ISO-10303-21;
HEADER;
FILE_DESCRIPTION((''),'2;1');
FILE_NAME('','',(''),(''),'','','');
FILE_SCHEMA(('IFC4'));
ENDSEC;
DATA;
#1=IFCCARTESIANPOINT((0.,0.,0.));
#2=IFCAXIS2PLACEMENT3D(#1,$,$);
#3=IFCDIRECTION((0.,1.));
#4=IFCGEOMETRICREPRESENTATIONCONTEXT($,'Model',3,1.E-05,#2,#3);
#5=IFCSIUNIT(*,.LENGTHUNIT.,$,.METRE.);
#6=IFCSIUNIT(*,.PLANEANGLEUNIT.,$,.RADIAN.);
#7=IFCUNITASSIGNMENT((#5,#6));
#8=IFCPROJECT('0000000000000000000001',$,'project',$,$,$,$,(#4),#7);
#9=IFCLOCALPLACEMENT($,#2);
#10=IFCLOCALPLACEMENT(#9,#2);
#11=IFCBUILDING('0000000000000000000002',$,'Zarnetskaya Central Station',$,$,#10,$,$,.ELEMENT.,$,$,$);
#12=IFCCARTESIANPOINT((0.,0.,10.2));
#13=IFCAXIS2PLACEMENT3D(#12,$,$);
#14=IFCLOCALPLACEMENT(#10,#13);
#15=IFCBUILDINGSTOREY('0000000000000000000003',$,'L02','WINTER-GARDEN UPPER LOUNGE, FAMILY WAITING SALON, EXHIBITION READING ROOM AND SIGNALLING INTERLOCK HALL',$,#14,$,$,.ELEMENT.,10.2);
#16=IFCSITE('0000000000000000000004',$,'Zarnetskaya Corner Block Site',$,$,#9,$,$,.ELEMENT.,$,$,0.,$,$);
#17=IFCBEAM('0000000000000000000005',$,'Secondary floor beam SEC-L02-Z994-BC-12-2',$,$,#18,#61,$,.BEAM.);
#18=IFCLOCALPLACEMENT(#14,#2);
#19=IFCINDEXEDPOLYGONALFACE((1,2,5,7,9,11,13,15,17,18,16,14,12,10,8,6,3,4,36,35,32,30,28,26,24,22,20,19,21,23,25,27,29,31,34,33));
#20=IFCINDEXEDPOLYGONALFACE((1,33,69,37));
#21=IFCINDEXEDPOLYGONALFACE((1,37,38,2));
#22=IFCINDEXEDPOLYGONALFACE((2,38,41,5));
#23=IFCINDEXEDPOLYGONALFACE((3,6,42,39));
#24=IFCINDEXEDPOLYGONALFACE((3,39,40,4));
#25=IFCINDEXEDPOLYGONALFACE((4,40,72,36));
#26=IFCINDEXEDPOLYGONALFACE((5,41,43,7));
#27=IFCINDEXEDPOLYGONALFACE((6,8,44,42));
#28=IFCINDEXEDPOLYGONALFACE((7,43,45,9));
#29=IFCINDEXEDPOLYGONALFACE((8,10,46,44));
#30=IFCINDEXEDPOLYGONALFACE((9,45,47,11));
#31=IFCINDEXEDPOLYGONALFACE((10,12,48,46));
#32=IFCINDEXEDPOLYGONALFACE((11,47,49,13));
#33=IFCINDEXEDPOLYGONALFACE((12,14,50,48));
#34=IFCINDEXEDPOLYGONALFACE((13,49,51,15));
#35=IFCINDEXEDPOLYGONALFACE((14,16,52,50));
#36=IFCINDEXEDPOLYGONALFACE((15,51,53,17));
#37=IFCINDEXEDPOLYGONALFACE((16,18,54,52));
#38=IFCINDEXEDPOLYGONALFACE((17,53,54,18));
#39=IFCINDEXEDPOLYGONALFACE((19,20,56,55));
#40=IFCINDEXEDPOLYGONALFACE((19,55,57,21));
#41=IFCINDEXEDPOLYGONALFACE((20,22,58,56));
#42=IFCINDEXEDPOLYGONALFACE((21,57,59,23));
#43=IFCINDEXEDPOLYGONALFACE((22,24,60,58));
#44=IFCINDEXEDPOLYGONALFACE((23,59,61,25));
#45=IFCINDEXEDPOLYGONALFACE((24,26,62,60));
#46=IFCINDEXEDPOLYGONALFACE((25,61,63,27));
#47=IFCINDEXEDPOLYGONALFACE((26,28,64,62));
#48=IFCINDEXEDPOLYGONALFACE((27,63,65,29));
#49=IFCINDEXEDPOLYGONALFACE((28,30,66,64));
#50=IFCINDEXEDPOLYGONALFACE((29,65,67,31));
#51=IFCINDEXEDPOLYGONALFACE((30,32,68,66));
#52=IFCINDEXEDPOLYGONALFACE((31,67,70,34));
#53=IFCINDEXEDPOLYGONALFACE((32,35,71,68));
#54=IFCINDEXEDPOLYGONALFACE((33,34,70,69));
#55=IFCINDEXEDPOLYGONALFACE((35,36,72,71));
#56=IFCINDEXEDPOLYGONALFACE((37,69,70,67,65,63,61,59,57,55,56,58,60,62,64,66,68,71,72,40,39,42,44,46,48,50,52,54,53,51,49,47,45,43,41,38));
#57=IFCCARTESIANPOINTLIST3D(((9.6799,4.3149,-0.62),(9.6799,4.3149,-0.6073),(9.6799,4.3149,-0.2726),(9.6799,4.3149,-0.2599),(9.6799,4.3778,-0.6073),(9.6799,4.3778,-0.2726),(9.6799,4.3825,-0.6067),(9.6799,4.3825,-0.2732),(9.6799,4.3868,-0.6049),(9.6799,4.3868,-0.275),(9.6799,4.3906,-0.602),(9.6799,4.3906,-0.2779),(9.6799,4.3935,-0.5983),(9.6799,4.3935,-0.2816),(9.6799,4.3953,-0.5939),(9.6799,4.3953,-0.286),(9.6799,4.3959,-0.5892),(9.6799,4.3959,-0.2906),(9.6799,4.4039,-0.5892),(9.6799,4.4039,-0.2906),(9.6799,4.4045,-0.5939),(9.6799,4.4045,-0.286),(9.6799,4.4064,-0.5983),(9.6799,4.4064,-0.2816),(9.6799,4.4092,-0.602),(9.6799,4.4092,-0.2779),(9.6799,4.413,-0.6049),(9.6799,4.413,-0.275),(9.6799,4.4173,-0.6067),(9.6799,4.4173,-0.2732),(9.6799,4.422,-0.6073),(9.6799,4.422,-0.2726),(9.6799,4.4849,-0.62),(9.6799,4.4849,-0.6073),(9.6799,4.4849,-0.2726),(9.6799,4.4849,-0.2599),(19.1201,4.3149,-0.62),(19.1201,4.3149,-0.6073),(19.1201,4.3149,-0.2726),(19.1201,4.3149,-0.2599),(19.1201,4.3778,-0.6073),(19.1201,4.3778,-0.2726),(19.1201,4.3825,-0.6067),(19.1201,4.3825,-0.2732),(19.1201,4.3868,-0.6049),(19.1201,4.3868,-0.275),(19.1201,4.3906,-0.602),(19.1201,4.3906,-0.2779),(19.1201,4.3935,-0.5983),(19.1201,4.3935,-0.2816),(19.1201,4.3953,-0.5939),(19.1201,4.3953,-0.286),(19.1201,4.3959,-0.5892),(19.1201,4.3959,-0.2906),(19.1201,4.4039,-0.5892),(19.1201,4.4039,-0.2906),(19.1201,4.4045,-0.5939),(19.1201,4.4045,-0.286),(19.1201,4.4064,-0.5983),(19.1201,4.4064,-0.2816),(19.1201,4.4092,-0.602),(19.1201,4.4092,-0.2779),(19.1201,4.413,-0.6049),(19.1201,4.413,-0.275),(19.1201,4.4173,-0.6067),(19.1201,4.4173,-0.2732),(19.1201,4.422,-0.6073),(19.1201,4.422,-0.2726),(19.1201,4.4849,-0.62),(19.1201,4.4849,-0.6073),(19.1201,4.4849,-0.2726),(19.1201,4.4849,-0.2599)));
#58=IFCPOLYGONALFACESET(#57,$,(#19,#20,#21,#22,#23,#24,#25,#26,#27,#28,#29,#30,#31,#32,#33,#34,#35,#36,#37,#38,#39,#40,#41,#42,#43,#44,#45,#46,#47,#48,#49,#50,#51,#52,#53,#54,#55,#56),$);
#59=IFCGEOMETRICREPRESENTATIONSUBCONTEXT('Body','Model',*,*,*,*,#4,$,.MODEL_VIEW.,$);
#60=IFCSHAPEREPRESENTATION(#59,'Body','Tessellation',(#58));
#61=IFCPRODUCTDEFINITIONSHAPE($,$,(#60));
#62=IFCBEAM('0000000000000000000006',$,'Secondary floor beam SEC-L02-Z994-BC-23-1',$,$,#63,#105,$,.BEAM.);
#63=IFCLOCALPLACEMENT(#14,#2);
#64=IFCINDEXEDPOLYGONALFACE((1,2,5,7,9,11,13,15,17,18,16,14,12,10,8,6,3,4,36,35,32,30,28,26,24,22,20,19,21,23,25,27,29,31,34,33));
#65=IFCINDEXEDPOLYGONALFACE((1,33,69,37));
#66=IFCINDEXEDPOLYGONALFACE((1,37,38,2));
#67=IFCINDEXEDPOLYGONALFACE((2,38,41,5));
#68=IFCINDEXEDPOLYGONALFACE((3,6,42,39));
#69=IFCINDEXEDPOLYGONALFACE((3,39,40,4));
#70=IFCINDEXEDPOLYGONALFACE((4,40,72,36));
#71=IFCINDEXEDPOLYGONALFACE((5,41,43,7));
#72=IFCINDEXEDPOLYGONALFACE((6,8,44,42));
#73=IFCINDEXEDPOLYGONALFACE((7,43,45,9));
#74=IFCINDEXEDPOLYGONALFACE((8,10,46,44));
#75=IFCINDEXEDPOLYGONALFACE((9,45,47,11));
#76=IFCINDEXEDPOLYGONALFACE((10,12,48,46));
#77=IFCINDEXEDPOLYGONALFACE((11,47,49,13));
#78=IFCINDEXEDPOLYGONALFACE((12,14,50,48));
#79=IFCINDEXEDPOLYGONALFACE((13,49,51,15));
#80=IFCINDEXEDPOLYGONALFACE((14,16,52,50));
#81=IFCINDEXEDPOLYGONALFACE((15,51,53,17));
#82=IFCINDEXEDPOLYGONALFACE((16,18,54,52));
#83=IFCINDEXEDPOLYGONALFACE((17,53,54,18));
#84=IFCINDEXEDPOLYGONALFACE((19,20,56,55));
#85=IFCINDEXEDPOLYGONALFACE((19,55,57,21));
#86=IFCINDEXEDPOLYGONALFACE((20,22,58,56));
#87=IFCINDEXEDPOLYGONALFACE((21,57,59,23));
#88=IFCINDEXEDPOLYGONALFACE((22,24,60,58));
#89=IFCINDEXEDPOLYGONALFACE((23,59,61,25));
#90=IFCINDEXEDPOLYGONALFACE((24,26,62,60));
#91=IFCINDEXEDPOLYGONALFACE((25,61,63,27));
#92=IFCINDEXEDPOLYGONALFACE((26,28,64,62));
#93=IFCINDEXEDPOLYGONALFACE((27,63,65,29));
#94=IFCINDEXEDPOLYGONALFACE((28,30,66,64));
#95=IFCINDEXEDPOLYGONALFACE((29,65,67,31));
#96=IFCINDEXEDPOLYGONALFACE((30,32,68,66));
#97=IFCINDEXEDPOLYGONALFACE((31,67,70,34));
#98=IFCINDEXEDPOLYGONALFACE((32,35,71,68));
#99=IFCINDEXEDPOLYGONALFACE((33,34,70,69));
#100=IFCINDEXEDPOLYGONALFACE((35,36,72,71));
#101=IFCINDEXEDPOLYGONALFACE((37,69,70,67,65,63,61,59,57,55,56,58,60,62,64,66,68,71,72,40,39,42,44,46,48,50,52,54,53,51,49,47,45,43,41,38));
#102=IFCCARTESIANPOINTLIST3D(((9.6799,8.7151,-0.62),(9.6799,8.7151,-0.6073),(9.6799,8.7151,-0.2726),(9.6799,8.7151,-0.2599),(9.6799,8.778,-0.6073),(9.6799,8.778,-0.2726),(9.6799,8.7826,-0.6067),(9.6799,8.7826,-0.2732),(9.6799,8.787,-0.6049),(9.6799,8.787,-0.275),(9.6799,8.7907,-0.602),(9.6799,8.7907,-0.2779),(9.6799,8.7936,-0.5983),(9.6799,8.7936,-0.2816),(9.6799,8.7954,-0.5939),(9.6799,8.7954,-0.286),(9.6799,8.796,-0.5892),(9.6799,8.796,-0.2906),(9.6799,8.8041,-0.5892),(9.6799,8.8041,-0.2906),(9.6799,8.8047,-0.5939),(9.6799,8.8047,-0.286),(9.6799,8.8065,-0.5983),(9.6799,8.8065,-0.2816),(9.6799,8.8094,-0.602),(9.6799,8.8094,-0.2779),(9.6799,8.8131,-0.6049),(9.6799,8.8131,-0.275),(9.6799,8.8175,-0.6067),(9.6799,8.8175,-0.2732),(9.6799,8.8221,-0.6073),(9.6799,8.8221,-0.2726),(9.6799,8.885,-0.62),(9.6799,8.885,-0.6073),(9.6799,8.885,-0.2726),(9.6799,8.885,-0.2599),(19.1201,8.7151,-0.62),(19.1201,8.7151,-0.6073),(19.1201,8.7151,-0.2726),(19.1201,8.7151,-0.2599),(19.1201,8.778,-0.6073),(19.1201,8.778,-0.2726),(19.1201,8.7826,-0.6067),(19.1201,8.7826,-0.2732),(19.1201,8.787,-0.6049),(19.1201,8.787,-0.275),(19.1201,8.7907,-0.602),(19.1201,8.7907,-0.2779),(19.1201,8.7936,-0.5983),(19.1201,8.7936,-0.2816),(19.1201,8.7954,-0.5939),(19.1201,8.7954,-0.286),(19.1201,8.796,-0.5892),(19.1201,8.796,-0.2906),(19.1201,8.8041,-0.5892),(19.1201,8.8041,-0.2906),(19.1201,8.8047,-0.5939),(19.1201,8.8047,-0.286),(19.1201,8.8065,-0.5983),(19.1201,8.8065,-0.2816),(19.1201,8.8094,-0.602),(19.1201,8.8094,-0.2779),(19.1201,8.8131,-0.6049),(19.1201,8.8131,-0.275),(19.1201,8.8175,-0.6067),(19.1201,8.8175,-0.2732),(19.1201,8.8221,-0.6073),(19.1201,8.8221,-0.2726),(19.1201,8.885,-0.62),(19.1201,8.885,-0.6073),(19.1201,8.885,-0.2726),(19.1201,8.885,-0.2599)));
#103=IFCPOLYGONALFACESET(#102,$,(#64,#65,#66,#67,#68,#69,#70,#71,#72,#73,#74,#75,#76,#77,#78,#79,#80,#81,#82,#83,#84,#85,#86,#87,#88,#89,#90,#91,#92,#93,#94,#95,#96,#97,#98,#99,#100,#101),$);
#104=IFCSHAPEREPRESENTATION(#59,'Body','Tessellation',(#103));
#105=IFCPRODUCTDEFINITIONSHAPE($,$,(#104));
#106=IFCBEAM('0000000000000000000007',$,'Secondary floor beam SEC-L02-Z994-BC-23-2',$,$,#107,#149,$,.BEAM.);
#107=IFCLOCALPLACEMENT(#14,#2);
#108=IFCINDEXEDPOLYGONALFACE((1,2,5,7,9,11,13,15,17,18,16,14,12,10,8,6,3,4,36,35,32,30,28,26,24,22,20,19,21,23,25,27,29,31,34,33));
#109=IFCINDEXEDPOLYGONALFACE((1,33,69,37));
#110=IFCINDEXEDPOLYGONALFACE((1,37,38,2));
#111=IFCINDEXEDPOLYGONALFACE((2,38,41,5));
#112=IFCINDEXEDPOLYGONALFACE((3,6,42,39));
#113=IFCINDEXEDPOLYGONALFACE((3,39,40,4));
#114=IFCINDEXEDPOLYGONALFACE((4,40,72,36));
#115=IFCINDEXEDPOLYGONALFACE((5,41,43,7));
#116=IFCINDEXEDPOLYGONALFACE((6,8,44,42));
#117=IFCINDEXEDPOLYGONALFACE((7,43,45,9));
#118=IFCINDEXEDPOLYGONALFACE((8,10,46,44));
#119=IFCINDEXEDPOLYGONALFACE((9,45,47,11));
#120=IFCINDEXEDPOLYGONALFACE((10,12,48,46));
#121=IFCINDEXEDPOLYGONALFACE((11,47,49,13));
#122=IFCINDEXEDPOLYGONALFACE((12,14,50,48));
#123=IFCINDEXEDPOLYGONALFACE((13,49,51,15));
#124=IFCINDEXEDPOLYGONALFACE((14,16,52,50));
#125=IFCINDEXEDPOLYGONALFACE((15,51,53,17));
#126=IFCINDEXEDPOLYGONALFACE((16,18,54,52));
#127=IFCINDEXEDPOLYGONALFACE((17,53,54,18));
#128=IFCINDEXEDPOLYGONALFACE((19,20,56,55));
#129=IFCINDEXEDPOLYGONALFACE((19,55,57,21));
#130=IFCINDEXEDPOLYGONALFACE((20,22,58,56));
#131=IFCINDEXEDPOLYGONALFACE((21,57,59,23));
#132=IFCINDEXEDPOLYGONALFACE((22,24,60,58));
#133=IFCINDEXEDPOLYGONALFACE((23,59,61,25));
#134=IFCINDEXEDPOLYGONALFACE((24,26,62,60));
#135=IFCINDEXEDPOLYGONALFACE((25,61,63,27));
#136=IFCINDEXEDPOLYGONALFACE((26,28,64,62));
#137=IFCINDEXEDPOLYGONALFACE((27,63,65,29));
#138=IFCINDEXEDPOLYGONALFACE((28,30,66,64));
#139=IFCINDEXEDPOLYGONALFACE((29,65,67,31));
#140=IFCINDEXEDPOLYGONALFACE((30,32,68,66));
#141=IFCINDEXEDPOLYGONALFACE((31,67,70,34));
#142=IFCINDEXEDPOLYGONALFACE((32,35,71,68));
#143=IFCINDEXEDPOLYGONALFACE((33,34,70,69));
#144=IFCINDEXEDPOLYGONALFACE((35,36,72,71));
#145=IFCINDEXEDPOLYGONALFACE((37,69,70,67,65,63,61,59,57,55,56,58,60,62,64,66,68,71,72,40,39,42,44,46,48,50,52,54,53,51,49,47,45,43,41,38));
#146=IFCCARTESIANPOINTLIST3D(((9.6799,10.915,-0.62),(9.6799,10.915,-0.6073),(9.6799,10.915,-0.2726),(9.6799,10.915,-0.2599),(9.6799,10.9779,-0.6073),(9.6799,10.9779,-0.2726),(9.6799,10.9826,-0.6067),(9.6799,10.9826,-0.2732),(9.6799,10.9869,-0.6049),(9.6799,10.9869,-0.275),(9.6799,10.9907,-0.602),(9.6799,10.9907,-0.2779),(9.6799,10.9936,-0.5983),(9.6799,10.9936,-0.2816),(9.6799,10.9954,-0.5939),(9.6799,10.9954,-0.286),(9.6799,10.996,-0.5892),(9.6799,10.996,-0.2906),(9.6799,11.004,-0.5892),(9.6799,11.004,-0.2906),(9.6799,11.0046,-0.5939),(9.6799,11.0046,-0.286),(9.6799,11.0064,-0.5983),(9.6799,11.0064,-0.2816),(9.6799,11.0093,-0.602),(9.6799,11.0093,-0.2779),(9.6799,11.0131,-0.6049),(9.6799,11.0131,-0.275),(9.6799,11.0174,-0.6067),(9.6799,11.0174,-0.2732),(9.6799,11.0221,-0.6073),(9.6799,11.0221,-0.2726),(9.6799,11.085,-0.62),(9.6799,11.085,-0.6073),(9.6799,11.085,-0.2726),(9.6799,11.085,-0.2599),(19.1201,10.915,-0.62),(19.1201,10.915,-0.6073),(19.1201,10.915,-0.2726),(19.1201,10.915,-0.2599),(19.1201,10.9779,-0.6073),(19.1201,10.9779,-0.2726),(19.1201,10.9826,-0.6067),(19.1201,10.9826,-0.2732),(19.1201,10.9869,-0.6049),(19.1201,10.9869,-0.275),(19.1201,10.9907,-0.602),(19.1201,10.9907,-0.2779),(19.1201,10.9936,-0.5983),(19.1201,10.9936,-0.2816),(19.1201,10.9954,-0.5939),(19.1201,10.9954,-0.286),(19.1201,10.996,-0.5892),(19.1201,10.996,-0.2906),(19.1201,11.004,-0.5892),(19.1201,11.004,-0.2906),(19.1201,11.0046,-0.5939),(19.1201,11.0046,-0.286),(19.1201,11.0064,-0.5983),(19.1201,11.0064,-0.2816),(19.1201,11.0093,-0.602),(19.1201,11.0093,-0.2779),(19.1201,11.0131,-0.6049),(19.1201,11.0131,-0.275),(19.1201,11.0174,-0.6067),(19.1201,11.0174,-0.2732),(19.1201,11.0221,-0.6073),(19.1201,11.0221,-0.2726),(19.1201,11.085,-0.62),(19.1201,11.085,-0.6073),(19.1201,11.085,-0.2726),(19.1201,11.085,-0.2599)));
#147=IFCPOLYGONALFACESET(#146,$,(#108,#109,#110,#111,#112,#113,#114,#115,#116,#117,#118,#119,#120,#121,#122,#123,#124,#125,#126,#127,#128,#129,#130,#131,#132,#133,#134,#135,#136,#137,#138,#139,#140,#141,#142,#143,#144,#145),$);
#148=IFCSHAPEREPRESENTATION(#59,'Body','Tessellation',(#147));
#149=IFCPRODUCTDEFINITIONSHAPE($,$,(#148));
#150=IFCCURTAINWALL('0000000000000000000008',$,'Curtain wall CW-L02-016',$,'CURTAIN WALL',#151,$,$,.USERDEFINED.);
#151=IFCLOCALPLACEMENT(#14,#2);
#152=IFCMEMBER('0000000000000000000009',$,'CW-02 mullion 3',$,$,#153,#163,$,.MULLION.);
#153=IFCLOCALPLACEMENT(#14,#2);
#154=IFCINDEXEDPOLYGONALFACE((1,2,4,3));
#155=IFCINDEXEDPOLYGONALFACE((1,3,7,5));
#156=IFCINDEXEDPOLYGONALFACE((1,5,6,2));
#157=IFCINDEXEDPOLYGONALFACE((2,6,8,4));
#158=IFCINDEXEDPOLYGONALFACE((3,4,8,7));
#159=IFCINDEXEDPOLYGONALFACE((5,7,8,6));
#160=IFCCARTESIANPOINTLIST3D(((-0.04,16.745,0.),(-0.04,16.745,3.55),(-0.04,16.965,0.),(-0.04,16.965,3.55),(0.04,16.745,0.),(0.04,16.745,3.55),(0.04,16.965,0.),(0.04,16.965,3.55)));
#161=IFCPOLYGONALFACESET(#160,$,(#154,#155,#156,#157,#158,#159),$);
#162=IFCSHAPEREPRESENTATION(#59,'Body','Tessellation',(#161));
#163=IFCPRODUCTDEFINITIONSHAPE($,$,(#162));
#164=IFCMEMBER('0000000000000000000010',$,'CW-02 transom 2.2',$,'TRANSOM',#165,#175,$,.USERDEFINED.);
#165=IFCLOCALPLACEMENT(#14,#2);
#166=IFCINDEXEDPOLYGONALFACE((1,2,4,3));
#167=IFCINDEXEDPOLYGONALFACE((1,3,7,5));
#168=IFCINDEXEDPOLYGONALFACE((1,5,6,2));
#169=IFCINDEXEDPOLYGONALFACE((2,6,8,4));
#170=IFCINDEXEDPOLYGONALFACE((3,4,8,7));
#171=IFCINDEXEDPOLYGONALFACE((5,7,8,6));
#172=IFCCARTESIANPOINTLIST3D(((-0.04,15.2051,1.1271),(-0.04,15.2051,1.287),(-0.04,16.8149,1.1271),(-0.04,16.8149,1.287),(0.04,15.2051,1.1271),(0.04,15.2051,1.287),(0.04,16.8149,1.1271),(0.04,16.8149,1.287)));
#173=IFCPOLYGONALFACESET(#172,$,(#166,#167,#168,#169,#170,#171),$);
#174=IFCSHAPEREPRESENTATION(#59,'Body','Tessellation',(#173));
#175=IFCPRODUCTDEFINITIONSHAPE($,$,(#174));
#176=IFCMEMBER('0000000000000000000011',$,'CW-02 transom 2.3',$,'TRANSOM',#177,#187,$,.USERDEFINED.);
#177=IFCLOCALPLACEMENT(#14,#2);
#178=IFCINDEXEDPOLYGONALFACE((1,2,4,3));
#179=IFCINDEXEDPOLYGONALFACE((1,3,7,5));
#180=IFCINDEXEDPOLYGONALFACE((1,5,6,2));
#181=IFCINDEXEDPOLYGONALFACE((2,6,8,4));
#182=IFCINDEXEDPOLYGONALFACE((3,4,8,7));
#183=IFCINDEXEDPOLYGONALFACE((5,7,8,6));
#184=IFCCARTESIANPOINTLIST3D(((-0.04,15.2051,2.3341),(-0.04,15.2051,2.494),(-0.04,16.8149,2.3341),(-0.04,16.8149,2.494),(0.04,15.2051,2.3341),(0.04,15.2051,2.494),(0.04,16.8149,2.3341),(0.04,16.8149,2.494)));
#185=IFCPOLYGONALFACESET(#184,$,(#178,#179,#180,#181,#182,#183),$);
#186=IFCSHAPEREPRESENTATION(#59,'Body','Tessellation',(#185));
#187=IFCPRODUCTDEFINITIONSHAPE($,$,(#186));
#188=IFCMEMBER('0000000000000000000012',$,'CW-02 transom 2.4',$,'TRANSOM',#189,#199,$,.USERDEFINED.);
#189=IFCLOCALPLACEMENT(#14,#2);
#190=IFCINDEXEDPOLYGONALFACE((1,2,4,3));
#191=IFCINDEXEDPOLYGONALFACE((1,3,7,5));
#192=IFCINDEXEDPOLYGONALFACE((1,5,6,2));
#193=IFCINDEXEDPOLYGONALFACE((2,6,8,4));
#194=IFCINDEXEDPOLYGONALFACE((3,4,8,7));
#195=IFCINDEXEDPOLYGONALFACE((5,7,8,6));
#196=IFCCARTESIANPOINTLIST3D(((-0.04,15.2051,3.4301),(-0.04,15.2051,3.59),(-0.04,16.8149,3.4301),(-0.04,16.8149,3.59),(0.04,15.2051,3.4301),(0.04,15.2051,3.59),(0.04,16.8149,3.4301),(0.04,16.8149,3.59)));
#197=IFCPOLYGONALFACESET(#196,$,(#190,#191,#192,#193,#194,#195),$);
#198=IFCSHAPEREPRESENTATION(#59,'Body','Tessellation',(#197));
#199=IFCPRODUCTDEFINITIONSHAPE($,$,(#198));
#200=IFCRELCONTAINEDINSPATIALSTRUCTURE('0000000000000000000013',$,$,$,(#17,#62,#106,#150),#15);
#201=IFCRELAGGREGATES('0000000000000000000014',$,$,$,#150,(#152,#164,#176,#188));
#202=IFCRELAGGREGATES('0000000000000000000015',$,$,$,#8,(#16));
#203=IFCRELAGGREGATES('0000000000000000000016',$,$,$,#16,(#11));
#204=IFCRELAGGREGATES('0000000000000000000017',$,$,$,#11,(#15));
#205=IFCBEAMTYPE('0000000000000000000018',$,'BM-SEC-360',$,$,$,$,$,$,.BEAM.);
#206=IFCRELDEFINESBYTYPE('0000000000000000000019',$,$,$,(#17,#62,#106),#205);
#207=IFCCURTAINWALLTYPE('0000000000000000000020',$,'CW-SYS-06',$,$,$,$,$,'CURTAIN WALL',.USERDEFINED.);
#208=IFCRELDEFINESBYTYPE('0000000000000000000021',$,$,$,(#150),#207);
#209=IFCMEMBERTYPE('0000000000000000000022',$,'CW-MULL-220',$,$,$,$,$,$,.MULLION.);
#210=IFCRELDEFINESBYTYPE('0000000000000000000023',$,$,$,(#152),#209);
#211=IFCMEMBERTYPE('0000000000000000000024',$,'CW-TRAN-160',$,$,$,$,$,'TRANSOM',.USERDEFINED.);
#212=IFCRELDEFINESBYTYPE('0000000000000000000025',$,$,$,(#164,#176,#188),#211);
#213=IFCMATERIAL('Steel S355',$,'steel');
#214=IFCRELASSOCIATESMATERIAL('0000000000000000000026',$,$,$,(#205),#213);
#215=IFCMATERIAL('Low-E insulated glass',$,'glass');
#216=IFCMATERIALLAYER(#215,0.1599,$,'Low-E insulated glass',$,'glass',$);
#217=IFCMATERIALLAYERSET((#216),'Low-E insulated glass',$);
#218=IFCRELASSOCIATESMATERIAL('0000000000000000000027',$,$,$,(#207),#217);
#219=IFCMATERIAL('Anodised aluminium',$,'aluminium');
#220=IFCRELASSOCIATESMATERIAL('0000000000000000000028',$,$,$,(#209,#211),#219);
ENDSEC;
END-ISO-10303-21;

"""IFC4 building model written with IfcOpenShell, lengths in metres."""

from ifc_helpers import new_model, si_unit, direction, frame, origin, origin_2d, place, context, subcontext, project, spatial, rectangle, i_section, extrude, material, layer, layer_set, material_profile, profile_set, type_object, element, aggregate, save


model = new_model("IFC4")

# Units and contexts
model_context = context("Model", 3, precision=1e-05, world=origin(), true_north=direction((0.0, 1.0)))
body_context = subcontext(model_context, "Body", "Model", "MODEL_VIEW")
ifc_project = project(units=[si_unit("LENGTHUNIT", "METRE"), si_unit("PLANEANGLEUNIT", "RADIAN")], contexts=[model_context])

# Site, building, storey
site_placement = place(None, origin())
site = spatial("IfcSite", under=ifc_project, at=site_placement, Name="Zarnetskaya Corner Block Site", CompositionType="ELEMENT", RefElevation=0.0)
building_placement = place(site_placement, origin())
building = spatial("IfcBuilding", under=site, at=building_placement, Name="Zarnetskaya Central Station", CompositionType="ELEMENT")
storey_placement = place(building_placement, frame((0.0, 0.0, 10.2)))
storey = spatial("IfcBuildingStorey", under=building, at=storey_placement, Name="L02", Description="WINTER-GARDEN UPPER LOUNGE, FAMILY WAITING SALON, EXHIBITION READING ROOM AND SIGNALLING INTERLOCK HALL", CompositionType="ELEMENT", Elevation=10.2)

# Shared definitions
ifc_material_1 = material(Name="Steel S355", Category="steel")

# Beams
ifc_material_profile_1 = material_profile(ifc_material_1, i_section(OverallWidth=0.1699, OverallDepth=0.3601, WebThickness=0.0081, FlangeThickness=0.0127, FilletRadius=0.0181, at=origin_2d()), Name="IPE 360")
ifc_profile_set_1 = profile_set([ifc_material_profile_1], Name="Steel S355")
beam_type_1 = type_object("IfcBeamType", Name="BM-SEC-360", PredefinedType="BEAM", material=ifc_profile_set_1)
for number, where, z_axis, x_axis, name in (
    (1, (9.6799, 4.3999, -0.4399), (1.0, 0.0, 0.0), (0.0, 1.0, 0.0), "Secondary floor beam SEC-L02-Z994-BC-12-2"),
    (2, (9.6799, 8.8, -0.4399), (1.0, 0.0, 0.0), (0.0, 1.0, 0.0), "Secondary floor beam SEC-L02-Z994-BC-23-1"),
    (3, (9.6799, 11.0, -0.4399), (1.0, 0.0, 0.0), (0.0, 1.0, 0.0), "Secondary floor beam SEC-L02-Z994-BC-23-2"),
):
    element("IfcBeam", number, at=place(storey_placement, frame(where, z_axis=z_axis, x_axis=x_axis)), inside=storey, type_object=beam_type_1, Name=name, PredefinedType="BEAM", context=body_context, shape_type="SweptSolid", body=[
        extrude(i_section(OverallWidth=0.1699, OverallDepth=0.3601, WebThickness=0.0081, FlangeThickness=0.0127, FilletRadius=0.0181, at=origin_2d()), origin(), (0.0, 0.0, 1.0), 9.4402),
    ])

# Curtain wall, members
ifc_material_2 = material(Name="Low-E insulated glass", Category="glass")
ifc_layer_1 = layer(ifc_material_2, 0.1599, Name="Low-E insulated glass", Category="glass")
ifc_layer_set_1 = layer_set([ifc_layer_1], Name="Low-E insulated glass")
curtain_wall_type = type_object("IfcCurtainWallType", Name="CW-SYS-06", ElementType="CURTAIN WALL", PredefinedType="USERDEFINED", material=ifc_layer_set_1)
curtain_wall_placement = place(storey_placement, origin())
curtain_wall = element("IfcCurtainWall", 4, at=curtain_wall_placement, inside=storey, type_object=curtain_wall_type, Name="Curtain wall CW-L02-016", ObjectType="CURTAIN WALL", PredefinedType="USERDEFINED")
ifc_material_3 = material(Name="Anodised aluminium", Category="aluminium")
ifc_material_profile_2 = material_profile(ifc_material_3, rectangle(XDim=0.0801, YDim=0.22, at=origin_2d()), Name="ALU MULL 80x220")
ifc_profile_set_2 = profile_set([ifc_material_profile_2], Name="Anodised aluminium")
member_type_1 = type_object("IfcMemberType", Name="CW-MULL-220", PredefinedType="MULLION", material=ifc_profile_set_2)
member_1_placement = place(storey_placement, frame((0.0, 16.855, 0.0), z_axis=(0.0, 0.0, 1.0), x_axis=(-1.0, 0.0, 0.0)))
member_1 = element("IfcMember", 5, at=member_1_placement, type_object=member_type_1, Name="CW-02 mullion 3", PredefinedType="MULLION", context=body_context, shape_type="SweptSolid", body=[
    extrude(rectangle(XDim=0.0801, YDim=0.22, at=origin_2d()), origin(), (0.0, 0.0, 1.0), 3.55),
])
ifc_material_profile_3 = material_profile(ifc_material_3, rectangle(XDim=0.0801, YDim=0.1599, at=origin_2d()), Name="ALU TRAN 80x160")
ifc_profile_set_3 = profile_set([ifc_material_profile_3], Name="Anodised aluminium")
member_type_2 = type_object("IfcMemberType", Name="CW-TRAN-160", ElementType="TRANSOM", PredefinedType="USERDEFINED", material=ifc_profile_set_3)
member_2_placement = place(storey_placement, frame((0.0, 15.2051, 1.207), z_axis=(0.0, 1.0, 0.0), x_axis=(-1.0, 0.0, 0.0)))
member_2 = element("IfcMember", 6, at=member_2_placement, type_object=member_type_2, Name="CW-02 transom 2.2", ObjectType="TRANSOM", PredefinedType="USERDEFINED", context=body_context, shape_type="SweptSolid", body=[
    extrude(rectangle(XDim=0.0801, YDim=0.1599, at=origin_2d()), origin(), (0.0, 0.0, 1.0), 1.6099),
])
member_3_placement = place(storey_placement, frame((0.0, 15.2051, 2.4141), z_axis=(0.0, 1.0, 0.0), x_axis=(-1.0, 0.0, 0.0)))
member_3 = element("IfcMember", 7, at=member_3_placement, type_object=member_type_2, Name="CW-02 transom 2.3", ObjectType="TRANSOM", PredefinedType="USERDEFINED", context=body_context, shape_type="SweptSolid", body=[
    extrude(rectangle(XDim=0.0801, YDim=0.1599, at=origin_2d()), origin(), (0.0, 0.0, 1.0), 1.6099),
])
member_4_placement = place(storey_placement, frame((0.0, 15.2051, 3.51), z_axis=(0.0, 1.0, 0.0), x_axis=(-1.0, 0.0, 0.0)))
member_4 = element("IfcMember", 8, at=member_4_placement, type_object=member_type_2, Name="CW-02 transom 2.4", ObjectType="TRANSOM", PredefinedType="USERDEFINED", context=body_context, shape_type="SweptSolid", body=[
    extrude(rectangle(XDim=0.0801, YDim=0.1599, at=origin_2d()), origin(), (0.0, 0.0, 1.0), 1.6099),
])

aggregate(curtain_wall, [member_1, member_2, member_3, member_4])

save(model, "model.ifc")
